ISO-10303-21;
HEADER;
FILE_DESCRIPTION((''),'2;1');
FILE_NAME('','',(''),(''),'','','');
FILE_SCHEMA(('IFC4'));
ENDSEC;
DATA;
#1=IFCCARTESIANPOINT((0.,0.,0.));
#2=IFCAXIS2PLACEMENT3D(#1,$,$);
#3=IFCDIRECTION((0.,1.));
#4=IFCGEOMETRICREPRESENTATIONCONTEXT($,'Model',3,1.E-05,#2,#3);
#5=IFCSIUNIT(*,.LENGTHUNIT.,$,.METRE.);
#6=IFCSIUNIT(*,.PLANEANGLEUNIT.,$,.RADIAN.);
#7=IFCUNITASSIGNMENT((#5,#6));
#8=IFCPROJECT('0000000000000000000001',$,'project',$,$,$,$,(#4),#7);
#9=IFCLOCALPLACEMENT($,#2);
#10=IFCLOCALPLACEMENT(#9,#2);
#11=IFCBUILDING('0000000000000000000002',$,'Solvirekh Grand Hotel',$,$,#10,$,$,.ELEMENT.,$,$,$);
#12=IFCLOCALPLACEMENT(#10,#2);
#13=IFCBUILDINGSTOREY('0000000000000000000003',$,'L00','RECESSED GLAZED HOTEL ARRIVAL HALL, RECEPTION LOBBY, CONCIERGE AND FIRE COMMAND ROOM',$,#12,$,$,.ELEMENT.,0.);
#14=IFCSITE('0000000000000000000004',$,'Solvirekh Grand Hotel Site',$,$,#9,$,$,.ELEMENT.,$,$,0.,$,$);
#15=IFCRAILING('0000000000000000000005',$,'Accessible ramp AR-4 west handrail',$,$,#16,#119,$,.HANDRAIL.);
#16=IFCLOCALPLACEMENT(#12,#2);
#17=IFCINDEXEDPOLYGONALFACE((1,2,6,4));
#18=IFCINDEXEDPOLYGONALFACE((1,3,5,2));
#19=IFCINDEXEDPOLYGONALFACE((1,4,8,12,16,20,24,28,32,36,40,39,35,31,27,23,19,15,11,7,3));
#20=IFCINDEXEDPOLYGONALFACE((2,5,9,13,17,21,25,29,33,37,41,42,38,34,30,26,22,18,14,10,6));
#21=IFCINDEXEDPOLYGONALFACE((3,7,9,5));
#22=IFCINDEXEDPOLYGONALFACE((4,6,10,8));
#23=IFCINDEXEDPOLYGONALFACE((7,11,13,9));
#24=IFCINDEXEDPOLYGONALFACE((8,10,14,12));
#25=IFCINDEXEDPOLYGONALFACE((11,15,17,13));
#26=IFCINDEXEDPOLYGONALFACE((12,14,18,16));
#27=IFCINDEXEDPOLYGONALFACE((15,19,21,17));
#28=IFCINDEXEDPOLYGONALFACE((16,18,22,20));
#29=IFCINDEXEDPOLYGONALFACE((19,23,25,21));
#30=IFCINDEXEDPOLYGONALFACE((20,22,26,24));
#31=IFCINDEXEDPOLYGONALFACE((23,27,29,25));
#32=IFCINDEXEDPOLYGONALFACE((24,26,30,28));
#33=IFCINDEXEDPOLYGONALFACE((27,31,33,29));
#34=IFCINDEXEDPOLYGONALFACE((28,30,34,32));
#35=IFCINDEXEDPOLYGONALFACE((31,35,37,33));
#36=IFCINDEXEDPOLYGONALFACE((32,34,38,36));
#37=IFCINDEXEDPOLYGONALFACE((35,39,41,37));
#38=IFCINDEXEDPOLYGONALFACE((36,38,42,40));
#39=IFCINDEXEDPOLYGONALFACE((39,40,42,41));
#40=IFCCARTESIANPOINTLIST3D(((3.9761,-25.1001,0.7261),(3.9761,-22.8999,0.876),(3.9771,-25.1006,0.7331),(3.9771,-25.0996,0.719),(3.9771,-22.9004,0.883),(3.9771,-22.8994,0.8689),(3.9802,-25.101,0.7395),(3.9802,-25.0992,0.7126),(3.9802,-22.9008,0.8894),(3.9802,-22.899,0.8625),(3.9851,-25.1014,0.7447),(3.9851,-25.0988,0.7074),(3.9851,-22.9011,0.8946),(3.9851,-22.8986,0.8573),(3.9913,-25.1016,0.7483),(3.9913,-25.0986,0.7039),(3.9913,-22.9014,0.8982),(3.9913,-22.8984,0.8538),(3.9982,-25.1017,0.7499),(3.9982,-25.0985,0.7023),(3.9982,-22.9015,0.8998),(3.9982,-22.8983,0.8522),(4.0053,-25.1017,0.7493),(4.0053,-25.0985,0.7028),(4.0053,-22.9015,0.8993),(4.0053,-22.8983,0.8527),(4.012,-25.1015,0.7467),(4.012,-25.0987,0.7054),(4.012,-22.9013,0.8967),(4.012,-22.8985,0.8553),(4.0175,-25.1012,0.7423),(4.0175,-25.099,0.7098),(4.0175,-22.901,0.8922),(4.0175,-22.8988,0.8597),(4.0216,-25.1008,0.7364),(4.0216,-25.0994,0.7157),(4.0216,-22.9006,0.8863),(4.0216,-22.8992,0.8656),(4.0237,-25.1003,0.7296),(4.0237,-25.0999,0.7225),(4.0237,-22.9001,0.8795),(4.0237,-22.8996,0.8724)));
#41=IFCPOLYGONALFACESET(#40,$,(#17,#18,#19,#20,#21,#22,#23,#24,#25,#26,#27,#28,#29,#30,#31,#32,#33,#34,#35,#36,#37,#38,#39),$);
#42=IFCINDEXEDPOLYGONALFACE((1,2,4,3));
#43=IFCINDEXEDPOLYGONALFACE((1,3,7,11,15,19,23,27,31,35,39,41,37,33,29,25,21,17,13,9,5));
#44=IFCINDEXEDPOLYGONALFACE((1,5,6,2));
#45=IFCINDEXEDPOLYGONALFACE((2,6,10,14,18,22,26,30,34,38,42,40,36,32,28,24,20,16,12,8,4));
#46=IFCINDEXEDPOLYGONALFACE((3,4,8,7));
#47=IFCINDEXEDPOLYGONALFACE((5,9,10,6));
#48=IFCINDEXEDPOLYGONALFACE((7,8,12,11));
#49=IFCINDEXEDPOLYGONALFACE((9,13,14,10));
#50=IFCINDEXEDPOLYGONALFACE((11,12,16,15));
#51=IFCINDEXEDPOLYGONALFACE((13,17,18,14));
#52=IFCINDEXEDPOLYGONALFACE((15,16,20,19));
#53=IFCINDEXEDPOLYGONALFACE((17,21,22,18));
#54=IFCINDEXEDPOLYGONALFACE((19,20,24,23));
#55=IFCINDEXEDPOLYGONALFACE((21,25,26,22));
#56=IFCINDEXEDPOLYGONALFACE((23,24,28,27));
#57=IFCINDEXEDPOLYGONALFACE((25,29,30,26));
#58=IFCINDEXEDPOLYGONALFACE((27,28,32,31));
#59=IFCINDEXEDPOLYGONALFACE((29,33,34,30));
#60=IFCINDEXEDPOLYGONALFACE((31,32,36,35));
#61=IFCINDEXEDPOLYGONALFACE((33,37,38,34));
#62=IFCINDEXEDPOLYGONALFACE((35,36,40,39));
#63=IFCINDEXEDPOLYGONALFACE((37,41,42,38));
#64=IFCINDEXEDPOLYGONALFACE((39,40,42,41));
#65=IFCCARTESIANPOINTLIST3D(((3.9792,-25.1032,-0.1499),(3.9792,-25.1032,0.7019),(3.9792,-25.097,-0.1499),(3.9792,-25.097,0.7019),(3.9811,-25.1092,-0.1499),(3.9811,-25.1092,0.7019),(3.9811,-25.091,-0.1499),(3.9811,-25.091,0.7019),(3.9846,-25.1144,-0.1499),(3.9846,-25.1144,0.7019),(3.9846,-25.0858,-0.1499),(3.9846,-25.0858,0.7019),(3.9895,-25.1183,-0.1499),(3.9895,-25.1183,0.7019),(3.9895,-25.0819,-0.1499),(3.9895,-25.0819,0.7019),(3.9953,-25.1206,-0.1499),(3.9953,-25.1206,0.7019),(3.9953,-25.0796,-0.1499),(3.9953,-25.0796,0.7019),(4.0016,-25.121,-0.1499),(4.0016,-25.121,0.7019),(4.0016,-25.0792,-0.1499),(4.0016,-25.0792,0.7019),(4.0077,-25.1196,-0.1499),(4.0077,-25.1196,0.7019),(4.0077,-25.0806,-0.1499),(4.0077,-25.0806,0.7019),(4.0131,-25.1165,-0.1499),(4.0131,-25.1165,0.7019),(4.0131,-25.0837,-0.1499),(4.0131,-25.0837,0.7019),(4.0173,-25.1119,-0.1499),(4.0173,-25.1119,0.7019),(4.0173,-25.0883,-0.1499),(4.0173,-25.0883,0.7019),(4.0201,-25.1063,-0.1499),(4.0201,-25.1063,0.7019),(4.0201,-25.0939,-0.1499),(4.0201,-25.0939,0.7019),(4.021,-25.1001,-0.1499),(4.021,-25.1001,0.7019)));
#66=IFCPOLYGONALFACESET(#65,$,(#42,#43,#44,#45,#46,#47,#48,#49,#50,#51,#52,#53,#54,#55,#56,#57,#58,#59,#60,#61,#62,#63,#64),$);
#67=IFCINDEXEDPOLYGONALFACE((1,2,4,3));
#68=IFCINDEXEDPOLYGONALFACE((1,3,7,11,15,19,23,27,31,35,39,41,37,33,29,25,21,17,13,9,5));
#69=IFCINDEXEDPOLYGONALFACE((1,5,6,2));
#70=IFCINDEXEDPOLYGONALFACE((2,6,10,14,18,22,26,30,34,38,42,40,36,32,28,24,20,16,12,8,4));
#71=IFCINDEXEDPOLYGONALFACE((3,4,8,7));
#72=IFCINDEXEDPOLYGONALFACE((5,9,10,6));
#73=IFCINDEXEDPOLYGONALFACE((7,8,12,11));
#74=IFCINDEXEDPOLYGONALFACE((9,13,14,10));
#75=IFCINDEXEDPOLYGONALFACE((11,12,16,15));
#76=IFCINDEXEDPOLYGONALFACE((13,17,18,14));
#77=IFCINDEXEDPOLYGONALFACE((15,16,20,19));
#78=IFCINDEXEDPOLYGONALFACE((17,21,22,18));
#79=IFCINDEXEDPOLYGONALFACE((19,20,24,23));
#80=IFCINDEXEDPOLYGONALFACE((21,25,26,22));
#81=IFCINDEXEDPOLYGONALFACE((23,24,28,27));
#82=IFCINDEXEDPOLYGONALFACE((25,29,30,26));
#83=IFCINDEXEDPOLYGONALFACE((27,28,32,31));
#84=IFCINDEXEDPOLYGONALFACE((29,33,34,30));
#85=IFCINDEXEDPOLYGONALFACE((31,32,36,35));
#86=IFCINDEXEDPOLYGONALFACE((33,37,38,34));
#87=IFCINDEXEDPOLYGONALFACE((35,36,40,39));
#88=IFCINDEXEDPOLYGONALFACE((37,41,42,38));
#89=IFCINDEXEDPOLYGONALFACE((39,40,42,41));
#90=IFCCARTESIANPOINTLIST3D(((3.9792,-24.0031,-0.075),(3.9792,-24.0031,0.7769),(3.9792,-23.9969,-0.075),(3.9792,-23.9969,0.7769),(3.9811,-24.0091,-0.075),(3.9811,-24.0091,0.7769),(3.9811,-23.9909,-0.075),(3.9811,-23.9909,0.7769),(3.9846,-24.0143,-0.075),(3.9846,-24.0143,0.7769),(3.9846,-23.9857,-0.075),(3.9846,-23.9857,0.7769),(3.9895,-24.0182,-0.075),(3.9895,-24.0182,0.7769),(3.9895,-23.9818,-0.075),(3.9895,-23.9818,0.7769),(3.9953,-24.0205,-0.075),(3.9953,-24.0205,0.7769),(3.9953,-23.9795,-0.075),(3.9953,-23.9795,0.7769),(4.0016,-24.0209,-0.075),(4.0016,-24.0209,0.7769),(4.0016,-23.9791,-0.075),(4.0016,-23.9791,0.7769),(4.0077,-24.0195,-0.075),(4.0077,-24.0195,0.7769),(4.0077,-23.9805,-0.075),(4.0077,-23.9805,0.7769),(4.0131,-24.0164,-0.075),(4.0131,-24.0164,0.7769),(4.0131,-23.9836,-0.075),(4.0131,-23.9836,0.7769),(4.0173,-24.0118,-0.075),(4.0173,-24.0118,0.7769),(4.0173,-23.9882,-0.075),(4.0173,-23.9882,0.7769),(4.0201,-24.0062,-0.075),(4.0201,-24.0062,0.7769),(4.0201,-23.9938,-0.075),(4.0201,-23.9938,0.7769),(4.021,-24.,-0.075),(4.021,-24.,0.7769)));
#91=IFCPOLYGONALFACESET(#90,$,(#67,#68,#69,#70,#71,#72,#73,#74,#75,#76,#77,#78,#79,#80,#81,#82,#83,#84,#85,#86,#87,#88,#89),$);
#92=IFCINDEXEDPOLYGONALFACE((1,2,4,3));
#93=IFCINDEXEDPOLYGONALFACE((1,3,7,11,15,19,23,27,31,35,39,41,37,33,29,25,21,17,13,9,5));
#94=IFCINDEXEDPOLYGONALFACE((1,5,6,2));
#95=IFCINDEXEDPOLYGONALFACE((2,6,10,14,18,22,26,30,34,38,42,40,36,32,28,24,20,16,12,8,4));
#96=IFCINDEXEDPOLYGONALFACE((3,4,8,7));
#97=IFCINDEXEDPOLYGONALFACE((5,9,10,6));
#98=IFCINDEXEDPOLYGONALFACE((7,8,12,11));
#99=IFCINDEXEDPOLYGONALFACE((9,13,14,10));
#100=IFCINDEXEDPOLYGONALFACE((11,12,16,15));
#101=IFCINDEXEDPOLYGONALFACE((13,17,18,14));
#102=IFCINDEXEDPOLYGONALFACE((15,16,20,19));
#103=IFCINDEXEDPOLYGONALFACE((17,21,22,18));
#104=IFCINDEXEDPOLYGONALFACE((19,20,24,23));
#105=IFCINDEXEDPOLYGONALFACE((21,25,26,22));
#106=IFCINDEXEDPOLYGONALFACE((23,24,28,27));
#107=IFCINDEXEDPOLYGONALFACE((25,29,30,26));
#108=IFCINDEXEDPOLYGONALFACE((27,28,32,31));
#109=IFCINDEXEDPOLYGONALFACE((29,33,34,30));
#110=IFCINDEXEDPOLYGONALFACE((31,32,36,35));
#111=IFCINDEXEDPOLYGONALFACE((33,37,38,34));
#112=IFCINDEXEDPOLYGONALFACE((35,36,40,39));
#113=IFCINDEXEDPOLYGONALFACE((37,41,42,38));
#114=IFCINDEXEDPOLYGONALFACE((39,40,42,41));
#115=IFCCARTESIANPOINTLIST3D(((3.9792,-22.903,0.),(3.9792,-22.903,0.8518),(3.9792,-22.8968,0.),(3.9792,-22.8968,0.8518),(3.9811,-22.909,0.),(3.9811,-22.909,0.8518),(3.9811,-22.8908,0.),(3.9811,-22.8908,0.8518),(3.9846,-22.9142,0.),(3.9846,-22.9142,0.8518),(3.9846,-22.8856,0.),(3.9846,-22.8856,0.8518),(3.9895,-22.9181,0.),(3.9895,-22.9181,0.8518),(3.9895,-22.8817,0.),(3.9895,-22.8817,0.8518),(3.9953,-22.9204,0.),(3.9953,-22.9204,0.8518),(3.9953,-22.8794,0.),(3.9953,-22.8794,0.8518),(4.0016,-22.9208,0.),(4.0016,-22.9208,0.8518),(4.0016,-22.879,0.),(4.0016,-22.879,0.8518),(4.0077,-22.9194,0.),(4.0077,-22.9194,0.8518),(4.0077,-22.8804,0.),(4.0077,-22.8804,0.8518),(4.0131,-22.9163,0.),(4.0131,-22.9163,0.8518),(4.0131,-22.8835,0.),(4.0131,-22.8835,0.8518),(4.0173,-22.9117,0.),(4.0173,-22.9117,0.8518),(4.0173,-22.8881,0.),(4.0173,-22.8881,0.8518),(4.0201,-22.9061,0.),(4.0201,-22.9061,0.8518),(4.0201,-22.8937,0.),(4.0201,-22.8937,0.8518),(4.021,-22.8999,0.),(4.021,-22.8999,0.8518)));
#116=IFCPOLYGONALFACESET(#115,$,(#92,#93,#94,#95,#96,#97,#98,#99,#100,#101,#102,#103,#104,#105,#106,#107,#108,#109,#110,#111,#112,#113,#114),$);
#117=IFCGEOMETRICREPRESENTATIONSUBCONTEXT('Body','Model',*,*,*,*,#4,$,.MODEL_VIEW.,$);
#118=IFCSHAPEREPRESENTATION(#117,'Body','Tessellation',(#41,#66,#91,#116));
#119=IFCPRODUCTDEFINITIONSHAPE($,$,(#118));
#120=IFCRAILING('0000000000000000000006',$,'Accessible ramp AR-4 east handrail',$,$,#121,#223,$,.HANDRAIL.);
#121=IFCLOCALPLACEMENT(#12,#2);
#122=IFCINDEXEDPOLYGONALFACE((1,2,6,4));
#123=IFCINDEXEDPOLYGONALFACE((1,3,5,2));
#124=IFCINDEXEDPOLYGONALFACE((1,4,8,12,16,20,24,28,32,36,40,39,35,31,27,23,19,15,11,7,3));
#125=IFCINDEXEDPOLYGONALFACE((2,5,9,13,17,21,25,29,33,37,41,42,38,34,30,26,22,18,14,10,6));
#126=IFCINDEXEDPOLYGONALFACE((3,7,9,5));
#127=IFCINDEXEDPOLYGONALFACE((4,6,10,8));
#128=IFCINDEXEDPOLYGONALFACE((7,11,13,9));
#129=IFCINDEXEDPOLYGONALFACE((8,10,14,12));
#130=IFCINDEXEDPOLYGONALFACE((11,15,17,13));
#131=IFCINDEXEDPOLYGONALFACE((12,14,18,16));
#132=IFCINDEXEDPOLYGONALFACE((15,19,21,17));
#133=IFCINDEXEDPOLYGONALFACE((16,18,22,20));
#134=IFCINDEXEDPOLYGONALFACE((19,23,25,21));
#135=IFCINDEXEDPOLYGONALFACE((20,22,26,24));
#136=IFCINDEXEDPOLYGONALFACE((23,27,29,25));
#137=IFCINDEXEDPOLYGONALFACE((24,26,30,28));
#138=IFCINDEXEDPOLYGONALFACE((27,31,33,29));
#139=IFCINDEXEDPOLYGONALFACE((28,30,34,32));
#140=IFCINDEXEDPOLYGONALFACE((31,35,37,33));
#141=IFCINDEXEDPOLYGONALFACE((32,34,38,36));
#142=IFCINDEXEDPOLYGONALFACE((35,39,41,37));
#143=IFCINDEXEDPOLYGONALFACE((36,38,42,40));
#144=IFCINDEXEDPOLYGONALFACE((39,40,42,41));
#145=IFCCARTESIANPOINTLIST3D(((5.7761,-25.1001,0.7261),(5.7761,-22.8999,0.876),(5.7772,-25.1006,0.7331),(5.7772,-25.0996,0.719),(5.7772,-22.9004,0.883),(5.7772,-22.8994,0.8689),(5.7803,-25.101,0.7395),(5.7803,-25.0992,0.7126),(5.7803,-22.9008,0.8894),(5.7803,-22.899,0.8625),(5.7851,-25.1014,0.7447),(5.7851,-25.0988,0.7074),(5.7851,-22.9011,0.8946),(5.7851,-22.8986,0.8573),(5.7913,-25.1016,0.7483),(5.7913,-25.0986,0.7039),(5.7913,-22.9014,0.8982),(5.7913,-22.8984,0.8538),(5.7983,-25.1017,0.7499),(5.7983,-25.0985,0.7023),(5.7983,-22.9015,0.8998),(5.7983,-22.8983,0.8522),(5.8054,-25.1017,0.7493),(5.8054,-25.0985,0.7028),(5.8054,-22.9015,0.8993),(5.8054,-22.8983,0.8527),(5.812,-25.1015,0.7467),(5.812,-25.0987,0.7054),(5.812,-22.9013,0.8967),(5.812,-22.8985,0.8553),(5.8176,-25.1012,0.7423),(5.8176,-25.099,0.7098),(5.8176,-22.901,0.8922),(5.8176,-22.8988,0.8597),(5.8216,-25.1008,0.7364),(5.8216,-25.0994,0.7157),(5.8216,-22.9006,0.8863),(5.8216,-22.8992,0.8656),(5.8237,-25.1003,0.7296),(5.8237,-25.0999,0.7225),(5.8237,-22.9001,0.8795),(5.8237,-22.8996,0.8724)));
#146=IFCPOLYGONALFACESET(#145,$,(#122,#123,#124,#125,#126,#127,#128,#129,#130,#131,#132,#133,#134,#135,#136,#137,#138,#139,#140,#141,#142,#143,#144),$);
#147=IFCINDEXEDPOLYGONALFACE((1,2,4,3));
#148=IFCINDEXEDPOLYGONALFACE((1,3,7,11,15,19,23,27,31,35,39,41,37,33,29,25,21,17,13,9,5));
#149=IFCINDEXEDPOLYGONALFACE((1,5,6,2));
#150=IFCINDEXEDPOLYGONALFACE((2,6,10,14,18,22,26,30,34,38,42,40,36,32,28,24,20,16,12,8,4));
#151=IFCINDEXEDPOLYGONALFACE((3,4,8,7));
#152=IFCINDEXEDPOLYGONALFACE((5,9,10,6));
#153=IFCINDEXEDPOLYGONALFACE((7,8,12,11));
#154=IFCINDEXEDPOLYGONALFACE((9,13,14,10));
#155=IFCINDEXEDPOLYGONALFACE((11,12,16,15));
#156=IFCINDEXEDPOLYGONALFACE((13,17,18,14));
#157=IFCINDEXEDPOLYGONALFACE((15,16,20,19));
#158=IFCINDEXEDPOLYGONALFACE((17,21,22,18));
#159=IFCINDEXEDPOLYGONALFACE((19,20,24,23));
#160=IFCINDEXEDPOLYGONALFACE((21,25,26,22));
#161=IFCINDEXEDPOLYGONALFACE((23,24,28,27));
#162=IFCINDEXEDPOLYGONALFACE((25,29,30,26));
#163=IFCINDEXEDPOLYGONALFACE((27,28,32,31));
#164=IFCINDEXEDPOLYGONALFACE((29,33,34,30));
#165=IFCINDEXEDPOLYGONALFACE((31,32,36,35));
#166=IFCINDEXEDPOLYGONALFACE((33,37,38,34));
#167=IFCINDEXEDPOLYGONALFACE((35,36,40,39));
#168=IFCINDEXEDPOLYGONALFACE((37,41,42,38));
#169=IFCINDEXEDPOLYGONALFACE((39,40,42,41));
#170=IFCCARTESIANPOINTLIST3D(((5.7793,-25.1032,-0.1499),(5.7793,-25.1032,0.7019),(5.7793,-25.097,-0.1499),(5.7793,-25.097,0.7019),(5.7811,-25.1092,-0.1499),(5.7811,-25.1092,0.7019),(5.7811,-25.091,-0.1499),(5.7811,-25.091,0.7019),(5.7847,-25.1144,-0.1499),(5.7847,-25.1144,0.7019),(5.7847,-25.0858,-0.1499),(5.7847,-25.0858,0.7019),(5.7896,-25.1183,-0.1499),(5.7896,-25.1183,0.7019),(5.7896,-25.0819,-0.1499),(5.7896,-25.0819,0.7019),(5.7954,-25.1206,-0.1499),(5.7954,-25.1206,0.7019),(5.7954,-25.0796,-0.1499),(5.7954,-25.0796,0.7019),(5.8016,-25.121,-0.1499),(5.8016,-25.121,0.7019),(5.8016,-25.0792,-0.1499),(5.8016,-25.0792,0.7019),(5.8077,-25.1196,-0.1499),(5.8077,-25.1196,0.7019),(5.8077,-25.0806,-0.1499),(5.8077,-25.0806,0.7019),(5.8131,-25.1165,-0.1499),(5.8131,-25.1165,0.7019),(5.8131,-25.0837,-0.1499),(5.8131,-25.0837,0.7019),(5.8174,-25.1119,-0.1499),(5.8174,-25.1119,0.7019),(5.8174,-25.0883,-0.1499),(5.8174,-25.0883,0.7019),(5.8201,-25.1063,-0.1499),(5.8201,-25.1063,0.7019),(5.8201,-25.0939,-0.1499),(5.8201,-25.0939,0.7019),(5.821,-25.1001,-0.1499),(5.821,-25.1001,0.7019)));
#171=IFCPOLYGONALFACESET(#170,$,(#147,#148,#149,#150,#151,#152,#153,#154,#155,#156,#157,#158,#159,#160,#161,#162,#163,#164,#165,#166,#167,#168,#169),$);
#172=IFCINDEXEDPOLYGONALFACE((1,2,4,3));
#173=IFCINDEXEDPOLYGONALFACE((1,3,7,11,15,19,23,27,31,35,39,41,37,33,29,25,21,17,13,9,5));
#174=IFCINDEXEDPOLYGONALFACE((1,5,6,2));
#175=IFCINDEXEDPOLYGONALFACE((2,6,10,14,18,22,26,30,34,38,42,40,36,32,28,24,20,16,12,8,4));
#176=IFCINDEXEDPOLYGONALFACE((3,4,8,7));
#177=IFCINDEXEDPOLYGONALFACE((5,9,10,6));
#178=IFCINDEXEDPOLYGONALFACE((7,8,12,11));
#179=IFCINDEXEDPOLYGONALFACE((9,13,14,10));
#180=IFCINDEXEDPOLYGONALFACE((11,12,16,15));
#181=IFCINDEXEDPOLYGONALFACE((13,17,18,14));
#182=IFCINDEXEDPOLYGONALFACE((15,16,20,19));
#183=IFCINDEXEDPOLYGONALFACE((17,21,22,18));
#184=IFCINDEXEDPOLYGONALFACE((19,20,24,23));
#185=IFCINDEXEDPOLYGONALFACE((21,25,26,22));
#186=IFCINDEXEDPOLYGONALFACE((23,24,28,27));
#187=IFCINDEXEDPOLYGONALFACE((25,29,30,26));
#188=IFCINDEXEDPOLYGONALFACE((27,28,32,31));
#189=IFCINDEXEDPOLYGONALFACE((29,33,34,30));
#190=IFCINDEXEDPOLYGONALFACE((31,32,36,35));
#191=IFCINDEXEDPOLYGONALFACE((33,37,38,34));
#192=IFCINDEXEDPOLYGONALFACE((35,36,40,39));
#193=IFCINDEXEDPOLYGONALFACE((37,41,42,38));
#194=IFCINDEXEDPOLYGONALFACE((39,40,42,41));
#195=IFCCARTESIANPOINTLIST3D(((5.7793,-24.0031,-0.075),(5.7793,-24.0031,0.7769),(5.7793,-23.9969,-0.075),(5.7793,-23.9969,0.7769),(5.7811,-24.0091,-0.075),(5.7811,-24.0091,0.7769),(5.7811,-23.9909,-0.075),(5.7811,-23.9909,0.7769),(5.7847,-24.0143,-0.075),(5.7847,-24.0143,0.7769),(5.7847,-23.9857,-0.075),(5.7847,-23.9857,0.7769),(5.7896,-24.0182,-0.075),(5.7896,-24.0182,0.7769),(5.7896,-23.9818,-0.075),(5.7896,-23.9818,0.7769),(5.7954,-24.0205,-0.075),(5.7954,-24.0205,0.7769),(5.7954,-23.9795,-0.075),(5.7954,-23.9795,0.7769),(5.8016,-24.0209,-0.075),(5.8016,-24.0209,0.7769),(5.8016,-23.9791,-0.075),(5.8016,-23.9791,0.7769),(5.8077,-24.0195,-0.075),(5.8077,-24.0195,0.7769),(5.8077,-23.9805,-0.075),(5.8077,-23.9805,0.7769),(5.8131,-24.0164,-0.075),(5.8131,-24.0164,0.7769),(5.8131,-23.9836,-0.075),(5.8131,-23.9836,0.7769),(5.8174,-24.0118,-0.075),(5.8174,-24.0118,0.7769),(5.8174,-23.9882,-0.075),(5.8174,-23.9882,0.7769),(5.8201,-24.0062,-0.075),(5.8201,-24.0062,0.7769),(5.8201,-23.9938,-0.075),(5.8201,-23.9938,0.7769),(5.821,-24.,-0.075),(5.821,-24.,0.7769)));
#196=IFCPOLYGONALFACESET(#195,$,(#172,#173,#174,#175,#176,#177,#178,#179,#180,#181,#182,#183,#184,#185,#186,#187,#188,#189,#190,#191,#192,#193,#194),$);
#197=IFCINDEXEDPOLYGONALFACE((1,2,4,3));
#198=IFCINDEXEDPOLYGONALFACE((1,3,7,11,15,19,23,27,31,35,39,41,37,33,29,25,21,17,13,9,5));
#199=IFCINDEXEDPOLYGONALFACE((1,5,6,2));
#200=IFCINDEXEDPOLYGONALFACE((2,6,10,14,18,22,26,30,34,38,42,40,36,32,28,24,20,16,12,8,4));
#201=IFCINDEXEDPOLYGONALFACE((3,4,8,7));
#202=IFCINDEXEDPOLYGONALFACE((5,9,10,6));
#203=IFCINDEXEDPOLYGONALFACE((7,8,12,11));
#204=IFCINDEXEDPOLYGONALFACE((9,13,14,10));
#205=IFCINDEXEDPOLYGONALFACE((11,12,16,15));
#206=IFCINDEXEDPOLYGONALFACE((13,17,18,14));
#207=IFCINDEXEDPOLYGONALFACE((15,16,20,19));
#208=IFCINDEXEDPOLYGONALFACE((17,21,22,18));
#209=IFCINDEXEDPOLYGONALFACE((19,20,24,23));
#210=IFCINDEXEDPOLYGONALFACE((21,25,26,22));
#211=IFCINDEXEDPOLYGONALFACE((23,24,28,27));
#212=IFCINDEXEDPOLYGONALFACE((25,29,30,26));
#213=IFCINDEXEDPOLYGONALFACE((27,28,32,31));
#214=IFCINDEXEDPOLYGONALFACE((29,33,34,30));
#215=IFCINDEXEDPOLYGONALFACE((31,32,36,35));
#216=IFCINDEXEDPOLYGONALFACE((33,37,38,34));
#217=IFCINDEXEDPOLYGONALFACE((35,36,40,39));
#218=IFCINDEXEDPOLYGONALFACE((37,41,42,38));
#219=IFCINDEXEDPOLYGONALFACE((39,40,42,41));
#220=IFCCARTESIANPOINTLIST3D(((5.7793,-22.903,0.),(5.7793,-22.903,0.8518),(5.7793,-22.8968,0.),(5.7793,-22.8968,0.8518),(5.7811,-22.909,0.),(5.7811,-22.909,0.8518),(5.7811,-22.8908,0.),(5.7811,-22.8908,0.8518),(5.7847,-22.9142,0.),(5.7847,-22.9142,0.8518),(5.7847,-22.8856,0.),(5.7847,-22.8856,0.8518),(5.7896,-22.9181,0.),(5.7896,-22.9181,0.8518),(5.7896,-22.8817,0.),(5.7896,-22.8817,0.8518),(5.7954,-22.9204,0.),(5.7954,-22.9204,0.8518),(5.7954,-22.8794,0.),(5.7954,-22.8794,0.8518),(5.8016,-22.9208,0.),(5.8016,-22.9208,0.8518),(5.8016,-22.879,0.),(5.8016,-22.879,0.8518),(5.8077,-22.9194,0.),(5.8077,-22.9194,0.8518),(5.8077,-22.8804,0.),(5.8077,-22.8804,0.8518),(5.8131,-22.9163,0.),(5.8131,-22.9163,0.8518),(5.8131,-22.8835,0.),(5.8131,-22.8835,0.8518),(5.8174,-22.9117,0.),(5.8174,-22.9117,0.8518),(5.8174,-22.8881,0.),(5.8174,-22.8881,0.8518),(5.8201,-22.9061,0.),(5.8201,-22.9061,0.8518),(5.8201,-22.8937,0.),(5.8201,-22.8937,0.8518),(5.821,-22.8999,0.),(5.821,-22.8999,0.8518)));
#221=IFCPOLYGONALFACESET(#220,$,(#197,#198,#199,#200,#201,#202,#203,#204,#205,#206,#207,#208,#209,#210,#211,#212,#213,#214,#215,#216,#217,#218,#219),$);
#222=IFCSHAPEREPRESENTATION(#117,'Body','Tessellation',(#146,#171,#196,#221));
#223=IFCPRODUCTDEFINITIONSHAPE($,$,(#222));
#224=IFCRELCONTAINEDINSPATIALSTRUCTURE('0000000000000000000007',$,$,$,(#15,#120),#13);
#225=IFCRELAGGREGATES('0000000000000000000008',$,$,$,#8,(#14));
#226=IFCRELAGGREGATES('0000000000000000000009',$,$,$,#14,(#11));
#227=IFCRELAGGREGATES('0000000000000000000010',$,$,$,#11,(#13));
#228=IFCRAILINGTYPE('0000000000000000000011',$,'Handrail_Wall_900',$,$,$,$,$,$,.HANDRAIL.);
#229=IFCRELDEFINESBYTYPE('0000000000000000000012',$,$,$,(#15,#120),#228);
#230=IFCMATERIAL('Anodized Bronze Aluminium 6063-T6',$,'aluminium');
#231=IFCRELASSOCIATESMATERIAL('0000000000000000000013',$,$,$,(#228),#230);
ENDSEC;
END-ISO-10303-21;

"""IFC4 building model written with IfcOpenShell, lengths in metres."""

from ifc_helpers import new_model, si_unit, direction, frame, origin, origin_2d, place, context, subcontext, project, spatial, circle, extrude, material, type_object, element, save


model = new_model("IFC4")

# Units and contexts
model_context = context("Model", 3, precision=1e-05, world=origin(), true_north=direction((0.0, 1.0)))
body_context = subcontext(model_context, "Body", "Model", "MODEL_VIEW")
ifc_project = project(units=[si_unit("LENGTHUNIT", "METRE"), si_unit("PLANEANGLEUNIT", "RADIAN")], contexts=[model_context])

# Site, building, storey
site_placement = place(None, origin())
site = spatial("IfcSite", under=ifc_project, at=site_placement, Name="Solvirekh Grand Hotel Site", CompositionType="ELEMENT", RefElevation=0.0)
building_placement = place(site_placement, origin())
building = spatial("IfcBuilding", under=site, at=building_placement, Name="Solvirekh Grand Hotel", CompositionType="ELEMENT")
storey_placement = place(building_placement, origin())
storey = spatial("IfcBuildingStorey", under=building, at=storey_placement, Name="L00", Description="RECESSED GLAZED HOTEL ARRIVAL HALL, RECEPTION LOBBY, CONCIERGE AND FIRE COMMAND ROOM", CompositionType="ELEMENT", Elevation=0.0)

# Shared definitions
ifc_material_1 = material(Name="Anodized Bronze Aluminium 6063-T6", Category="aluminium")

# Railings
railing_type = type_object("IfcRailingType", Name="Handrail_Wall_900", PredefinedType="HANDRAIL", material=ifc_material_1)
for number, where, name in (
    (1, (4.0, -25.1001, -0.1499), "Accessible ramp AR-4 west handrail"),
    (2, (5.8, -25.1001, -0.1499), "Accessible ramp AR-4 east handrail"),
):
    element("IfcRailing", number, at=place(storey_placement, frame(where)), inside=storey, type_object=railing_type, Name=name, PredefinedType="HANDRAIL", context=body_context, shape_type="SweptSolid", body=[
        extrude(circle(Radius=0.0239, at=origin_2d()), frame((0.0, 0.0, 0.876), z_axis=(0.0, 0.997687, 0.067974), x_axis=(-1.0, 0.0, 0.0)), (0.0, 0.0, 1.0), 2.2053),
        extrude(circle(Radius=0.021, at=origin_2d()), origin(), (0.0, 0.0, 1.0), 0.8518),
        extrude(circle(Radius=0.021, at=origin_2d()), frame((0.0, 1.1001, 0.075)), (0.0, 0.0, 1.0), 0.8518),
        extrude(circle(Radius=0.021, at=origin_2d()), frame((0.0, 2.2002, 0.1499)), (0.0, 0.0, 1.0), 0.8518),
    ])

save(model, "model.ifc")
